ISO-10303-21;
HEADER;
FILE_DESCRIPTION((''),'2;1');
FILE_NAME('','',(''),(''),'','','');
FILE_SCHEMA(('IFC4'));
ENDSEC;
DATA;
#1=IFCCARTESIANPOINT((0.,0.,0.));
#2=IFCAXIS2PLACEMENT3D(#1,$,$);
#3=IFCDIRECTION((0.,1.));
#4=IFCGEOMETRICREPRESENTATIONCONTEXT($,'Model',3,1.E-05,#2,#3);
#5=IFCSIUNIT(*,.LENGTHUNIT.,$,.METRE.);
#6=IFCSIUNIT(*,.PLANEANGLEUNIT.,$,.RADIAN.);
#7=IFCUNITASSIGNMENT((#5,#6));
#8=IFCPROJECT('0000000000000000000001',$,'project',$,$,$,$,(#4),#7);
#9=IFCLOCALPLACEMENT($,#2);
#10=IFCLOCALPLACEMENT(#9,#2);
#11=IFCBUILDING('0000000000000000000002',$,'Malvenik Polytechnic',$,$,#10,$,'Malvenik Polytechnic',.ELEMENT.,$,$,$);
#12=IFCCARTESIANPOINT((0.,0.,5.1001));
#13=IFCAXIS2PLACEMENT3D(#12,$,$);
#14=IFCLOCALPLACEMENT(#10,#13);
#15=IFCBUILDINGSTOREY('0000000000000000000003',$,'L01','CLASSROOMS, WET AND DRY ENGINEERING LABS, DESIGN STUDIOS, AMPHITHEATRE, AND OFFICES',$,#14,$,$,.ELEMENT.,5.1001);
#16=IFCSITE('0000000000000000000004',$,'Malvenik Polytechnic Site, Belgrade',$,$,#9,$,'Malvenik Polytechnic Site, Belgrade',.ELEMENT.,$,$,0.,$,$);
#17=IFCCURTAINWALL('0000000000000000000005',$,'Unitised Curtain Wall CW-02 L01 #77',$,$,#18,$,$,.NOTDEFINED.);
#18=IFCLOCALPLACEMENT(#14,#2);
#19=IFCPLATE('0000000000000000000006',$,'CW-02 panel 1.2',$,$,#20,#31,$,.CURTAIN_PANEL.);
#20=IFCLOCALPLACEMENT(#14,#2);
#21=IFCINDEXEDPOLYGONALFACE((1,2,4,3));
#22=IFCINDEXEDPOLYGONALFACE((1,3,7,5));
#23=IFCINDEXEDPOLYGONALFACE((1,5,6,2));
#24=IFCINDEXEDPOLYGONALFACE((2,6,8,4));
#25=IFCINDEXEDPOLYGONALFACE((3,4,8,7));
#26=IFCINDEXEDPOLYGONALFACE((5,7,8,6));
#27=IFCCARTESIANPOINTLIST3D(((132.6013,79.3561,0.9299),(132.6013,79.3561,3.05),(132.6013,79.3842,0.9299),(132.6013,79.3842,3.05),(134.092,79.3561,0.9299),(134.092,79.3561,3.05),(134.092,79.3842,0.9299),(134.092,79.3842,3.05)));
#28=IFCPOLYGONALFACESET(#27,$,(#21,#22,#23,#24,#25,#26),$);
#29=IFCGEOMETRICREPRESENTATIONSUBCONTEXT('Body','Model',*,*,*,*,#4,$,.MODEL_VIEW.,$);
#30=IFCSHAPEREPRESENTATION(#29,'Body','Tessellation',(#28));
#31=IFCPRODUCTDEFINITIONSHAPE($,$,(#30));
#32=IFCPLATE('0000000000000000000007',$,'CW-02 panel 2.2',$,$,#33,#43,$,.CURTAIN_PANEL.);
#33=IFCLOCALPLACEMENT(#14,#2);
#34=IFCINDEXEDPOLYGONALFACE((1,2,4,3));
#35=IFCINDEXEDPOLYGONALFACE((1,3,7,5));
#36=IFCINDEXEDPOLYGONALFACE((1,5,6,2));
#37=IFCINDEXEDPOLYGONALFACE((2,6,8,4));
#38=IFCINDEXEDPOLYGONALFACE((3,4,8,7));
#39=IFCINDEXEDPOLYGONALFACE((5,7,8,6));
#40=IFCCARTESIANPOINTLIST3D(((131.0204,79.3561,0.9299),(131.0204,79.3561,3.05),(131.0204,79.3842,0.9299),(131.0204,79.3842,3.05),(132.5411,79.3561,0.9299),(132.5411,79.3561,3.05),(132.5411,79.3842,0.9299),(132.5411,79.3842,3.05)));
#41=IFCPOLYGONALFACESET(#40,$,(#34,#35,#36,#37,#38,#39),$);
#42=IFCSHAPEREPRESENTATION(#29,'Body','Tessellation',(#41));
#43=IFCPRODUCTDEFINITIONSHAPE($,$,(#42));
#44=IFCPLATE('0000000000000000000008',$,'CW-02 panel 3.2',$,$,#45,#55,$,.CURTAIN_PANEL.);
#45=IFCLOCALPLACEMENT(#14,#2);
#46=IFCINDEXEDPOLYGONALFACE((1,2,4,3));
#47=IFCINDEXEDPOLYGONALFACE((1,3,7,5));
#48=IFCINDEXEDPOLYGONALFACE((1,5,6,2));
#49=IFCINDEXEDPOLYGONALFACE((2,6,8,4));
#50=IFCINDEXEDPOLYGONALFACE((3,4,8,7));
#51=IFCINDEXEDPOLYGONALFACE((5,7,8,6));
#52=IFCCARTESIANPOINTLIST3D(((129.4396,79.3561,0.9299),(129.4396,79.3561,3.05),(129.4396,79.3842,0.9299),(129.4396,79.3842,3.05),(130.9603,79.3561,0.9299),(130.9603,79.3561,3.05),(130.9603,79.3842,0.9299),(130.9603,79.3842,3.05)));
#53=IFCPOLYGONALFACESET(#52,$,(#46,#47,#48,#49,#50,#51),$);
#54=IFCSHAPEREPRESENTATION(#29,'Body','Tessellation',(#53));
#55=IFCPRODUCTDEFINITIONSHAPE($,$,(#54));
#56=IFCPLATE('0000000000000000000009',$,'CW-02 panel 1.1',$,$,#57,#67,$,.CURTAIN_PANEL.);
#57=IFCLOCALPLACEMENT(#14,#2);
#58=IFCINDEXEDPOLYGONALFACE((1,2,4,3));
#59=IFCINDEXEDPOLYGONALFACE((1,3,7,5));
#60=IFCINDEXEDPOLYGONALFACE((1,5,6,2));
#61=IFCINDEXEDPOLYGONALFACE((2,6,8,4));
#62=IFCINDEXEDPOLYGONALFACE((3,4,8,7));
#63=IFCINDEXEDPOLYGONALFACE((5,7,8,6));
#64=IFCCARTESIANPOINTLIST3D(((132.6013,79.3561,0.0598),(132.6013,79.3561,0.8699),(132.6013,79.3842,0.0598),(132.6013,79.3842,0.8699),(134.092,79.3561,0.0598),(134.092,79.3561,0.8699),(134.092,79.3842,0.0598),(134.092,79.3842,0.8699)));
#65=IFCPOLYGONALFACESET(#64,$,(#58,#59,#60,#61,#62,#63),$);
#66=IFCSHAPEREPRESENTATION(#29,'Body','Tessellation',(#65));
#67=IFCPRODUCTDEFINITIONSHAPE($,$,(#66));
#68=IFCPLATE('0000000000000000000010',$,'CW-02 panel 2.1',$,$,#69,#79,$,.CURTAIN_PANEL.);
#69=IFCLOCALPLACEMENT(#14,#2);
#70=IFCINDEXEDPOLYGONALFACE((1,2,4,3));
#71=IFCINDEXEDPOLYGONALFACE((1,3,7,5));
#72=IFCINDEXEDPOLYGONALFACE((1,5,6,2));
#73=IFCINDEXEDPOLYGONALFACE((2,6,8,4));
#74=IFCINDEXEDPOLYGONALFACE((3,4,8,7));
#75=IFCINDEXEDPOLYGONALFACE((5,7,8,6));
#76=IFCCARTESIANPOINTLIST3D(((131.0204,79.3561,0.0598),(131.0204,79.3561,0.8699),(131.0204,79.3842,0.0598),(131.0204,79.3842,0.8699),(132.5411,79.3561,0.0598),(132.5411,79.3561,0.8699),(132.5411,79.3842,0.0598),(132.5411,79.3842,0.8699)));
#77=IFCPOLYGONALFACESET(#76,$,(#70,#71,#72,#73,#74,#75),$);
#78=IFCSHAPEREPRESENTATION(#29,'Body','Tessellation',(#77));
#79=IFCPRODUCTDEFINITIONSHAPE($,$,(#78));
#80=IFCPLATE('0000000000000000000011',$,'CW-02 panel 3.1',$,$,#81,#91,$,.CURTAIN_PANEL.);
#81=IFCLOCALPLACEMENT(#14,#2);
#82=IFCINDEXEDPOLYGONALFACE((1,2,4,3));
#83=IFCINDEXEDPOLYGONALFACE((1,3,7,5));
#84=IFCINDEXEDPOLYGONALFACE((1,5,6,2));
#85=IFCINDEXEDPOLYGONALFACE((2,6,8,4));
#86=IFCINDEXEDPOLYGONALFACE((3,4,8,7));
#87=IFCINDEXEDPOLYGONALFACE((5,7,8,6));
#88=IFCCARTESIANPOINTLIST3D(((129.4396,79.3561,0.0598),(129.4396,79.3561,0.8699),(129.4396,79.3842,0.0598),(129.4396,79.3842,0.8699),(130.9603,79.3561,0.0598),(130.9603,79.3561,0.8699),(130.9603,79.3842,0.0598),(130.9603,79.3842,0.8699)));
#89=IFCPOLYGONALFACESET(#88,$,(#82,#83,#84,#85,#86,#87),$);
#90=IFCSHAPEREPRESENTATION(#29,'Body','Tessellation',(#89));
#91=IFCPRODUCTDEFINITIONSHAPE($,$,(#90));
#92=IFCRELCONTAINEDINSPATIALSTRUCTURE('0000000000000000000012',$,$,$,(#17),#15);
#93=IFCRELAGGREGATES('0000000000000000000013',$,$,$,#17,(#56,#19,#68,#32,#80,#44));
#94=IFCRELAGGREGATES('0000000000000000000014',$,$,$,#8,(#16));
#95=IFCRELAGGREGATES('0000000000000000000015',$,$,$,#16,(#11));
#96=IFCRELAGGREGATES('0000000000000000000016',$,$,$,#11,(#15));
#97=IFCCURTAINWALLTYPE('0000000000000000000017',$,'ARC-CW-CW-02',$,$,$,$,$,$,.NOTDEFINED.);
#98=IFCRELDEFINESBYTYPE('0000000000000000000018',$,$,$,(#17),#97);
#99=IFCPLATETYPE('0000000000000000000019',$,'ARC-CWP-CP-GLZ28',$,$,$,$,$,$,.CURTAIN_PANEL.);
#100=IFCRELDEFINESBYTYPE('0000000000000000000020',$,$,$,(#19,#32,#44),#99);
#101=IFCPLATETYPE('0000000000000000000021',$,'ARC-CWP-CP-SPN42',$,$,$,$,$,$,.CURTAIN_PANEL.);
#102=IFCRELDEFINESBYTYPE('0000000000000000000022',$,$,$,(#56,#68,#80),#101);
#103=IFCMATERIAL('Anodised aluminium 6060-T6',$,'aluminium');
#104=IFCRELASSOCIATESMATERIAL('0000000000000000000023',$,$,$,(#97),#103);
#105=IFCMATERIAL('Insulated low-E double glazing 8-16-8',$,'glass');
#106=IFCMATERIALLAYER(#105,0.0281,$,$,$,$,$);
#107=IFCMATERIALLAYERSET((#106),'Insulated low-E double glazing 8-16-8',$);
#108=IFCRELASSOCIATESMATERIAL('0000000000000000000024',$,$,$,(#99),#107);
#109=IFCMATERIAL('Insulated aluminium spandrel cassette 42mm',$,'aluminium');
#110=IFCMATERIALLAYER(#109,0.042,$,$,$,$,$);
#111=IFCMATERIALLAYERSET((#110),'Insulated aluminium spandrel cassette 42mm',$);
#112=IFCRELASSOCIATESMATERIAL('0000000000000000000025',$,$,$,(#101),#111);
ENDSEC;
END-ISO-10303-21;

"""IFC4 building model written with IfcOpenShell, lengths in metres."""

from ifc_helpers import new_model, si_unit, direction, frame, origin, origin_2d, place, context, subcontext, project, spatial, rectangle, extrude, material, layer, layer_set, type_object, element, aggregate, save


model = new_model("IFC4")

# Units and contexts
model_context = context("Model", 3, precision=1e-05, world=origin(), true_north=direction((0.0, 1.0)))
body_context = subcontext(model_context, "Body", "Model", "MODEL_VIEW")
ifc_project = project(units=[si_unit("LENGTHUNIT", "METRE"), si_unit("PLANEANGLEUNIT", "RADIAN")], contexts=[model_context])

# Site, building, storey
site_placement = place(None, origin())
site = spatial("IfcSite", under=ifc_project, at=site_placement, Name="Malvenik Polytechnic Site, Belgrade", LongName="Malvenik Polytechnic Site, Belgrade", CompositionType="ELEMENT", RefElevation=0.0)
building_placement = place(site_placement, origin())
building = spatial("IfcBuilding", under=site, at=building_placement, Name="Malvenik Polytechnic", LongName="Malvenik Polytechnic", CompositionType="ELEMENT")
storey_placement = place(building_placement, frame((0.0, 0.0, 5.1001)))
storey = spatial("IfcBuildingStorey", under=building, at=storey_placement, Name="L01", Description="CLASSROOMS, WET AND DRY ENGINEERING LABS, DESIGN STUDIOS, AMPHITHEATRE, AND OFFICES", CompositionType="ELEMENT", Elevation=5.1001)

# Curtain wall, plates
ifc_material_1 = material(Name="Anodised aluminium 6060-T6", Category="aluminium")
curtain_wall_type = type_object("IfcCurtainWallType", Name="ARC-CW-CW-02", PredefinedType="NOTDEFINED", material=ifc_material_1)
curtain_wall_placement = place(storey_placement, origin())
curtain_wall = element("IfcCurtainWall", 1, at=curtain_wall_placement, inside=storey, type_object=curtain_wall_type, Name="Unitised Curtain Wall CW-02 L01 #77", PredefinedType="NOTDEFINED")
ifc_material_2 = material(Name="Insulated low-E double glazing 8-16-8", Category="glass")
ifc_layer_1 = layer(ifc_material_2, 0.0281)
ifc_layer_set_1 = layer_set([ifc_layer_1], Name="Insulated low-E double glazing 8-16-8")
plate_type_1 = type_object("IfcPlateType", Name="ARC-CWP-CP-GLZ28", PredefinedType="CURTAIN_PANEL", material=ifc_layer_set_1)
plate_1_placement = place(storey_placement, frame((133.3467, 79.3701, 0.9299), z_axis=(0.0, 0.0, 1.0), x_axis=(-1.0, 0.0, 0.0)))
plate_1 = element("IfcPlate", 2, at=plate_1_placement, type_object=plate_type_1, Name="CW-02 panel 1.2", PredefinedType="CURTAIN_PANEL", context=body_context, shape_type="SweptSolid", body=[
    extrude(rectangle(XDim=1.4907, YDim=0.0281, at=origin_2d()), origin(), (0.0, 0.0, 1.0), 2.1201),
])
plate_2_placement = place(storey_placement, frame((131.7808, 79.3701, 0.9299), z_axis=(0.0, 0.0, 1.0), x_axis=(-1.0, 0.0, 0.0)))
plate_2 = element("IfcPlate", 3, at=plate_2_placement, type_object=plate_type_1, Name="CW-02 panel 2.2", PredefinedType="CURTAIN_PANEL", context=body_context, shape_type="SweptSolid", body=[
    extrude(rectangle(XDim=1.5208, YDim=0.0281, at=origin_2d()), origin(), (0.0, 0.0, 1.0), 2.1201),
])
plate_3_placement = place(storey_placement, frame((130.2, 79.3701, 0.9299), z_axis=(0.0, 0.0, 1.0), x_axis=(-1.0, 0.0, 0.0)))
plate_3 = element("IfcPlate", 4, at=plate_3_placement, type_object=plate_type_1, Name="CW-02 panel 3.2", PredefinedType="CURTAIN_PANEL", context=body_context, shape_type="SweptSolid", body=[
    extrude(rectangle(XDim=1.5208, YDim=0.0281, at=origin_2d()), origin(), (0.0, 0.0, 1.0), 2.1201),
])
ifc_material_3 = material(Name="Insulated aluminium spandrel cassette 42mm", Category="aluminium")
ifc_layer_2 = layer(ifc_material_3, 0.042)
ifc_layer_set_2 = layer_set([ifc_layer_2], Name="Insulated aluminium spandrel cassette 42mm")
plate_type_2 = type_object("IfcPlateType", Name="ARC-CWP-CP-SPN42", PredefinedType="CURTAIN_PANEL", material=ifc_layer_set_2)
plate_4_placement = place(storey_placement, frame((133.3467, 79.3701, 0.0598), z_axis=(0.0, 0.0, 1.0), x_axis=(-1.0, 0.0, 0.0)))
plate_4 = element("IfcPlate", 5, at=plate_4_placement, type_object=plate_type_2, Name="CW-02 panel 1.1", PredefinedType="CURTAIN_PANEL", context=body_context, shape_type="SweptSolid", body=[
    extrude(rectangle(XDim=1.4907, YDim=0.0281, at=origin_2d()), origin(), (0.0, 0.0, 1.0), 0.8101),
])
plate_5_placement = place(storey_placement, frame((131.7808, 79.3701, 0.0598), z_axis=(0.0, 0.0, 1.0), x_axis=(-1.0, 0.0, 0.0)))
plate_5 = element("IfcPlate", 6, at=plate_5_placement, type_object=plate_type_2, Name="CW-02 panel 2.1", PredefinedType="CURTAIN_PANEL", context=body_context, shape_type="SweptSolid", body=[
    extrude(rectangle(XDim=1.5208, YDim=0.0281, at=origin_2d()), origin(), (0.0, 0.0, 1.0), 0.8101),
])
plate_6_placement = place(storey_placement, frame((130.2, 79.3701, 0.0598), z_axis=(0.0, 0.0, 1.0), x_axis=(-1.0, 0.0, 0.0)))
plate_6 = element("IfcPlate", 7, at=plate_6_placement, type_object=plate_type_2, Name="CW-02 panel 3.1", PredefinedType="CURTAIN_PANEL", context=body_context, shape_type="SweptSolid", body=[
    extrude(rectangle(XDim=1.5208, YDim=0.0281, at=origin_2d()), origin(), (0.0, 0.0, 1.0), 0.8101),
])
aggregate(curtain_wall, [plate_4, plate_1, plate_5, plate_2, plate_6, plate_3])

save(model, "model.ifc")
